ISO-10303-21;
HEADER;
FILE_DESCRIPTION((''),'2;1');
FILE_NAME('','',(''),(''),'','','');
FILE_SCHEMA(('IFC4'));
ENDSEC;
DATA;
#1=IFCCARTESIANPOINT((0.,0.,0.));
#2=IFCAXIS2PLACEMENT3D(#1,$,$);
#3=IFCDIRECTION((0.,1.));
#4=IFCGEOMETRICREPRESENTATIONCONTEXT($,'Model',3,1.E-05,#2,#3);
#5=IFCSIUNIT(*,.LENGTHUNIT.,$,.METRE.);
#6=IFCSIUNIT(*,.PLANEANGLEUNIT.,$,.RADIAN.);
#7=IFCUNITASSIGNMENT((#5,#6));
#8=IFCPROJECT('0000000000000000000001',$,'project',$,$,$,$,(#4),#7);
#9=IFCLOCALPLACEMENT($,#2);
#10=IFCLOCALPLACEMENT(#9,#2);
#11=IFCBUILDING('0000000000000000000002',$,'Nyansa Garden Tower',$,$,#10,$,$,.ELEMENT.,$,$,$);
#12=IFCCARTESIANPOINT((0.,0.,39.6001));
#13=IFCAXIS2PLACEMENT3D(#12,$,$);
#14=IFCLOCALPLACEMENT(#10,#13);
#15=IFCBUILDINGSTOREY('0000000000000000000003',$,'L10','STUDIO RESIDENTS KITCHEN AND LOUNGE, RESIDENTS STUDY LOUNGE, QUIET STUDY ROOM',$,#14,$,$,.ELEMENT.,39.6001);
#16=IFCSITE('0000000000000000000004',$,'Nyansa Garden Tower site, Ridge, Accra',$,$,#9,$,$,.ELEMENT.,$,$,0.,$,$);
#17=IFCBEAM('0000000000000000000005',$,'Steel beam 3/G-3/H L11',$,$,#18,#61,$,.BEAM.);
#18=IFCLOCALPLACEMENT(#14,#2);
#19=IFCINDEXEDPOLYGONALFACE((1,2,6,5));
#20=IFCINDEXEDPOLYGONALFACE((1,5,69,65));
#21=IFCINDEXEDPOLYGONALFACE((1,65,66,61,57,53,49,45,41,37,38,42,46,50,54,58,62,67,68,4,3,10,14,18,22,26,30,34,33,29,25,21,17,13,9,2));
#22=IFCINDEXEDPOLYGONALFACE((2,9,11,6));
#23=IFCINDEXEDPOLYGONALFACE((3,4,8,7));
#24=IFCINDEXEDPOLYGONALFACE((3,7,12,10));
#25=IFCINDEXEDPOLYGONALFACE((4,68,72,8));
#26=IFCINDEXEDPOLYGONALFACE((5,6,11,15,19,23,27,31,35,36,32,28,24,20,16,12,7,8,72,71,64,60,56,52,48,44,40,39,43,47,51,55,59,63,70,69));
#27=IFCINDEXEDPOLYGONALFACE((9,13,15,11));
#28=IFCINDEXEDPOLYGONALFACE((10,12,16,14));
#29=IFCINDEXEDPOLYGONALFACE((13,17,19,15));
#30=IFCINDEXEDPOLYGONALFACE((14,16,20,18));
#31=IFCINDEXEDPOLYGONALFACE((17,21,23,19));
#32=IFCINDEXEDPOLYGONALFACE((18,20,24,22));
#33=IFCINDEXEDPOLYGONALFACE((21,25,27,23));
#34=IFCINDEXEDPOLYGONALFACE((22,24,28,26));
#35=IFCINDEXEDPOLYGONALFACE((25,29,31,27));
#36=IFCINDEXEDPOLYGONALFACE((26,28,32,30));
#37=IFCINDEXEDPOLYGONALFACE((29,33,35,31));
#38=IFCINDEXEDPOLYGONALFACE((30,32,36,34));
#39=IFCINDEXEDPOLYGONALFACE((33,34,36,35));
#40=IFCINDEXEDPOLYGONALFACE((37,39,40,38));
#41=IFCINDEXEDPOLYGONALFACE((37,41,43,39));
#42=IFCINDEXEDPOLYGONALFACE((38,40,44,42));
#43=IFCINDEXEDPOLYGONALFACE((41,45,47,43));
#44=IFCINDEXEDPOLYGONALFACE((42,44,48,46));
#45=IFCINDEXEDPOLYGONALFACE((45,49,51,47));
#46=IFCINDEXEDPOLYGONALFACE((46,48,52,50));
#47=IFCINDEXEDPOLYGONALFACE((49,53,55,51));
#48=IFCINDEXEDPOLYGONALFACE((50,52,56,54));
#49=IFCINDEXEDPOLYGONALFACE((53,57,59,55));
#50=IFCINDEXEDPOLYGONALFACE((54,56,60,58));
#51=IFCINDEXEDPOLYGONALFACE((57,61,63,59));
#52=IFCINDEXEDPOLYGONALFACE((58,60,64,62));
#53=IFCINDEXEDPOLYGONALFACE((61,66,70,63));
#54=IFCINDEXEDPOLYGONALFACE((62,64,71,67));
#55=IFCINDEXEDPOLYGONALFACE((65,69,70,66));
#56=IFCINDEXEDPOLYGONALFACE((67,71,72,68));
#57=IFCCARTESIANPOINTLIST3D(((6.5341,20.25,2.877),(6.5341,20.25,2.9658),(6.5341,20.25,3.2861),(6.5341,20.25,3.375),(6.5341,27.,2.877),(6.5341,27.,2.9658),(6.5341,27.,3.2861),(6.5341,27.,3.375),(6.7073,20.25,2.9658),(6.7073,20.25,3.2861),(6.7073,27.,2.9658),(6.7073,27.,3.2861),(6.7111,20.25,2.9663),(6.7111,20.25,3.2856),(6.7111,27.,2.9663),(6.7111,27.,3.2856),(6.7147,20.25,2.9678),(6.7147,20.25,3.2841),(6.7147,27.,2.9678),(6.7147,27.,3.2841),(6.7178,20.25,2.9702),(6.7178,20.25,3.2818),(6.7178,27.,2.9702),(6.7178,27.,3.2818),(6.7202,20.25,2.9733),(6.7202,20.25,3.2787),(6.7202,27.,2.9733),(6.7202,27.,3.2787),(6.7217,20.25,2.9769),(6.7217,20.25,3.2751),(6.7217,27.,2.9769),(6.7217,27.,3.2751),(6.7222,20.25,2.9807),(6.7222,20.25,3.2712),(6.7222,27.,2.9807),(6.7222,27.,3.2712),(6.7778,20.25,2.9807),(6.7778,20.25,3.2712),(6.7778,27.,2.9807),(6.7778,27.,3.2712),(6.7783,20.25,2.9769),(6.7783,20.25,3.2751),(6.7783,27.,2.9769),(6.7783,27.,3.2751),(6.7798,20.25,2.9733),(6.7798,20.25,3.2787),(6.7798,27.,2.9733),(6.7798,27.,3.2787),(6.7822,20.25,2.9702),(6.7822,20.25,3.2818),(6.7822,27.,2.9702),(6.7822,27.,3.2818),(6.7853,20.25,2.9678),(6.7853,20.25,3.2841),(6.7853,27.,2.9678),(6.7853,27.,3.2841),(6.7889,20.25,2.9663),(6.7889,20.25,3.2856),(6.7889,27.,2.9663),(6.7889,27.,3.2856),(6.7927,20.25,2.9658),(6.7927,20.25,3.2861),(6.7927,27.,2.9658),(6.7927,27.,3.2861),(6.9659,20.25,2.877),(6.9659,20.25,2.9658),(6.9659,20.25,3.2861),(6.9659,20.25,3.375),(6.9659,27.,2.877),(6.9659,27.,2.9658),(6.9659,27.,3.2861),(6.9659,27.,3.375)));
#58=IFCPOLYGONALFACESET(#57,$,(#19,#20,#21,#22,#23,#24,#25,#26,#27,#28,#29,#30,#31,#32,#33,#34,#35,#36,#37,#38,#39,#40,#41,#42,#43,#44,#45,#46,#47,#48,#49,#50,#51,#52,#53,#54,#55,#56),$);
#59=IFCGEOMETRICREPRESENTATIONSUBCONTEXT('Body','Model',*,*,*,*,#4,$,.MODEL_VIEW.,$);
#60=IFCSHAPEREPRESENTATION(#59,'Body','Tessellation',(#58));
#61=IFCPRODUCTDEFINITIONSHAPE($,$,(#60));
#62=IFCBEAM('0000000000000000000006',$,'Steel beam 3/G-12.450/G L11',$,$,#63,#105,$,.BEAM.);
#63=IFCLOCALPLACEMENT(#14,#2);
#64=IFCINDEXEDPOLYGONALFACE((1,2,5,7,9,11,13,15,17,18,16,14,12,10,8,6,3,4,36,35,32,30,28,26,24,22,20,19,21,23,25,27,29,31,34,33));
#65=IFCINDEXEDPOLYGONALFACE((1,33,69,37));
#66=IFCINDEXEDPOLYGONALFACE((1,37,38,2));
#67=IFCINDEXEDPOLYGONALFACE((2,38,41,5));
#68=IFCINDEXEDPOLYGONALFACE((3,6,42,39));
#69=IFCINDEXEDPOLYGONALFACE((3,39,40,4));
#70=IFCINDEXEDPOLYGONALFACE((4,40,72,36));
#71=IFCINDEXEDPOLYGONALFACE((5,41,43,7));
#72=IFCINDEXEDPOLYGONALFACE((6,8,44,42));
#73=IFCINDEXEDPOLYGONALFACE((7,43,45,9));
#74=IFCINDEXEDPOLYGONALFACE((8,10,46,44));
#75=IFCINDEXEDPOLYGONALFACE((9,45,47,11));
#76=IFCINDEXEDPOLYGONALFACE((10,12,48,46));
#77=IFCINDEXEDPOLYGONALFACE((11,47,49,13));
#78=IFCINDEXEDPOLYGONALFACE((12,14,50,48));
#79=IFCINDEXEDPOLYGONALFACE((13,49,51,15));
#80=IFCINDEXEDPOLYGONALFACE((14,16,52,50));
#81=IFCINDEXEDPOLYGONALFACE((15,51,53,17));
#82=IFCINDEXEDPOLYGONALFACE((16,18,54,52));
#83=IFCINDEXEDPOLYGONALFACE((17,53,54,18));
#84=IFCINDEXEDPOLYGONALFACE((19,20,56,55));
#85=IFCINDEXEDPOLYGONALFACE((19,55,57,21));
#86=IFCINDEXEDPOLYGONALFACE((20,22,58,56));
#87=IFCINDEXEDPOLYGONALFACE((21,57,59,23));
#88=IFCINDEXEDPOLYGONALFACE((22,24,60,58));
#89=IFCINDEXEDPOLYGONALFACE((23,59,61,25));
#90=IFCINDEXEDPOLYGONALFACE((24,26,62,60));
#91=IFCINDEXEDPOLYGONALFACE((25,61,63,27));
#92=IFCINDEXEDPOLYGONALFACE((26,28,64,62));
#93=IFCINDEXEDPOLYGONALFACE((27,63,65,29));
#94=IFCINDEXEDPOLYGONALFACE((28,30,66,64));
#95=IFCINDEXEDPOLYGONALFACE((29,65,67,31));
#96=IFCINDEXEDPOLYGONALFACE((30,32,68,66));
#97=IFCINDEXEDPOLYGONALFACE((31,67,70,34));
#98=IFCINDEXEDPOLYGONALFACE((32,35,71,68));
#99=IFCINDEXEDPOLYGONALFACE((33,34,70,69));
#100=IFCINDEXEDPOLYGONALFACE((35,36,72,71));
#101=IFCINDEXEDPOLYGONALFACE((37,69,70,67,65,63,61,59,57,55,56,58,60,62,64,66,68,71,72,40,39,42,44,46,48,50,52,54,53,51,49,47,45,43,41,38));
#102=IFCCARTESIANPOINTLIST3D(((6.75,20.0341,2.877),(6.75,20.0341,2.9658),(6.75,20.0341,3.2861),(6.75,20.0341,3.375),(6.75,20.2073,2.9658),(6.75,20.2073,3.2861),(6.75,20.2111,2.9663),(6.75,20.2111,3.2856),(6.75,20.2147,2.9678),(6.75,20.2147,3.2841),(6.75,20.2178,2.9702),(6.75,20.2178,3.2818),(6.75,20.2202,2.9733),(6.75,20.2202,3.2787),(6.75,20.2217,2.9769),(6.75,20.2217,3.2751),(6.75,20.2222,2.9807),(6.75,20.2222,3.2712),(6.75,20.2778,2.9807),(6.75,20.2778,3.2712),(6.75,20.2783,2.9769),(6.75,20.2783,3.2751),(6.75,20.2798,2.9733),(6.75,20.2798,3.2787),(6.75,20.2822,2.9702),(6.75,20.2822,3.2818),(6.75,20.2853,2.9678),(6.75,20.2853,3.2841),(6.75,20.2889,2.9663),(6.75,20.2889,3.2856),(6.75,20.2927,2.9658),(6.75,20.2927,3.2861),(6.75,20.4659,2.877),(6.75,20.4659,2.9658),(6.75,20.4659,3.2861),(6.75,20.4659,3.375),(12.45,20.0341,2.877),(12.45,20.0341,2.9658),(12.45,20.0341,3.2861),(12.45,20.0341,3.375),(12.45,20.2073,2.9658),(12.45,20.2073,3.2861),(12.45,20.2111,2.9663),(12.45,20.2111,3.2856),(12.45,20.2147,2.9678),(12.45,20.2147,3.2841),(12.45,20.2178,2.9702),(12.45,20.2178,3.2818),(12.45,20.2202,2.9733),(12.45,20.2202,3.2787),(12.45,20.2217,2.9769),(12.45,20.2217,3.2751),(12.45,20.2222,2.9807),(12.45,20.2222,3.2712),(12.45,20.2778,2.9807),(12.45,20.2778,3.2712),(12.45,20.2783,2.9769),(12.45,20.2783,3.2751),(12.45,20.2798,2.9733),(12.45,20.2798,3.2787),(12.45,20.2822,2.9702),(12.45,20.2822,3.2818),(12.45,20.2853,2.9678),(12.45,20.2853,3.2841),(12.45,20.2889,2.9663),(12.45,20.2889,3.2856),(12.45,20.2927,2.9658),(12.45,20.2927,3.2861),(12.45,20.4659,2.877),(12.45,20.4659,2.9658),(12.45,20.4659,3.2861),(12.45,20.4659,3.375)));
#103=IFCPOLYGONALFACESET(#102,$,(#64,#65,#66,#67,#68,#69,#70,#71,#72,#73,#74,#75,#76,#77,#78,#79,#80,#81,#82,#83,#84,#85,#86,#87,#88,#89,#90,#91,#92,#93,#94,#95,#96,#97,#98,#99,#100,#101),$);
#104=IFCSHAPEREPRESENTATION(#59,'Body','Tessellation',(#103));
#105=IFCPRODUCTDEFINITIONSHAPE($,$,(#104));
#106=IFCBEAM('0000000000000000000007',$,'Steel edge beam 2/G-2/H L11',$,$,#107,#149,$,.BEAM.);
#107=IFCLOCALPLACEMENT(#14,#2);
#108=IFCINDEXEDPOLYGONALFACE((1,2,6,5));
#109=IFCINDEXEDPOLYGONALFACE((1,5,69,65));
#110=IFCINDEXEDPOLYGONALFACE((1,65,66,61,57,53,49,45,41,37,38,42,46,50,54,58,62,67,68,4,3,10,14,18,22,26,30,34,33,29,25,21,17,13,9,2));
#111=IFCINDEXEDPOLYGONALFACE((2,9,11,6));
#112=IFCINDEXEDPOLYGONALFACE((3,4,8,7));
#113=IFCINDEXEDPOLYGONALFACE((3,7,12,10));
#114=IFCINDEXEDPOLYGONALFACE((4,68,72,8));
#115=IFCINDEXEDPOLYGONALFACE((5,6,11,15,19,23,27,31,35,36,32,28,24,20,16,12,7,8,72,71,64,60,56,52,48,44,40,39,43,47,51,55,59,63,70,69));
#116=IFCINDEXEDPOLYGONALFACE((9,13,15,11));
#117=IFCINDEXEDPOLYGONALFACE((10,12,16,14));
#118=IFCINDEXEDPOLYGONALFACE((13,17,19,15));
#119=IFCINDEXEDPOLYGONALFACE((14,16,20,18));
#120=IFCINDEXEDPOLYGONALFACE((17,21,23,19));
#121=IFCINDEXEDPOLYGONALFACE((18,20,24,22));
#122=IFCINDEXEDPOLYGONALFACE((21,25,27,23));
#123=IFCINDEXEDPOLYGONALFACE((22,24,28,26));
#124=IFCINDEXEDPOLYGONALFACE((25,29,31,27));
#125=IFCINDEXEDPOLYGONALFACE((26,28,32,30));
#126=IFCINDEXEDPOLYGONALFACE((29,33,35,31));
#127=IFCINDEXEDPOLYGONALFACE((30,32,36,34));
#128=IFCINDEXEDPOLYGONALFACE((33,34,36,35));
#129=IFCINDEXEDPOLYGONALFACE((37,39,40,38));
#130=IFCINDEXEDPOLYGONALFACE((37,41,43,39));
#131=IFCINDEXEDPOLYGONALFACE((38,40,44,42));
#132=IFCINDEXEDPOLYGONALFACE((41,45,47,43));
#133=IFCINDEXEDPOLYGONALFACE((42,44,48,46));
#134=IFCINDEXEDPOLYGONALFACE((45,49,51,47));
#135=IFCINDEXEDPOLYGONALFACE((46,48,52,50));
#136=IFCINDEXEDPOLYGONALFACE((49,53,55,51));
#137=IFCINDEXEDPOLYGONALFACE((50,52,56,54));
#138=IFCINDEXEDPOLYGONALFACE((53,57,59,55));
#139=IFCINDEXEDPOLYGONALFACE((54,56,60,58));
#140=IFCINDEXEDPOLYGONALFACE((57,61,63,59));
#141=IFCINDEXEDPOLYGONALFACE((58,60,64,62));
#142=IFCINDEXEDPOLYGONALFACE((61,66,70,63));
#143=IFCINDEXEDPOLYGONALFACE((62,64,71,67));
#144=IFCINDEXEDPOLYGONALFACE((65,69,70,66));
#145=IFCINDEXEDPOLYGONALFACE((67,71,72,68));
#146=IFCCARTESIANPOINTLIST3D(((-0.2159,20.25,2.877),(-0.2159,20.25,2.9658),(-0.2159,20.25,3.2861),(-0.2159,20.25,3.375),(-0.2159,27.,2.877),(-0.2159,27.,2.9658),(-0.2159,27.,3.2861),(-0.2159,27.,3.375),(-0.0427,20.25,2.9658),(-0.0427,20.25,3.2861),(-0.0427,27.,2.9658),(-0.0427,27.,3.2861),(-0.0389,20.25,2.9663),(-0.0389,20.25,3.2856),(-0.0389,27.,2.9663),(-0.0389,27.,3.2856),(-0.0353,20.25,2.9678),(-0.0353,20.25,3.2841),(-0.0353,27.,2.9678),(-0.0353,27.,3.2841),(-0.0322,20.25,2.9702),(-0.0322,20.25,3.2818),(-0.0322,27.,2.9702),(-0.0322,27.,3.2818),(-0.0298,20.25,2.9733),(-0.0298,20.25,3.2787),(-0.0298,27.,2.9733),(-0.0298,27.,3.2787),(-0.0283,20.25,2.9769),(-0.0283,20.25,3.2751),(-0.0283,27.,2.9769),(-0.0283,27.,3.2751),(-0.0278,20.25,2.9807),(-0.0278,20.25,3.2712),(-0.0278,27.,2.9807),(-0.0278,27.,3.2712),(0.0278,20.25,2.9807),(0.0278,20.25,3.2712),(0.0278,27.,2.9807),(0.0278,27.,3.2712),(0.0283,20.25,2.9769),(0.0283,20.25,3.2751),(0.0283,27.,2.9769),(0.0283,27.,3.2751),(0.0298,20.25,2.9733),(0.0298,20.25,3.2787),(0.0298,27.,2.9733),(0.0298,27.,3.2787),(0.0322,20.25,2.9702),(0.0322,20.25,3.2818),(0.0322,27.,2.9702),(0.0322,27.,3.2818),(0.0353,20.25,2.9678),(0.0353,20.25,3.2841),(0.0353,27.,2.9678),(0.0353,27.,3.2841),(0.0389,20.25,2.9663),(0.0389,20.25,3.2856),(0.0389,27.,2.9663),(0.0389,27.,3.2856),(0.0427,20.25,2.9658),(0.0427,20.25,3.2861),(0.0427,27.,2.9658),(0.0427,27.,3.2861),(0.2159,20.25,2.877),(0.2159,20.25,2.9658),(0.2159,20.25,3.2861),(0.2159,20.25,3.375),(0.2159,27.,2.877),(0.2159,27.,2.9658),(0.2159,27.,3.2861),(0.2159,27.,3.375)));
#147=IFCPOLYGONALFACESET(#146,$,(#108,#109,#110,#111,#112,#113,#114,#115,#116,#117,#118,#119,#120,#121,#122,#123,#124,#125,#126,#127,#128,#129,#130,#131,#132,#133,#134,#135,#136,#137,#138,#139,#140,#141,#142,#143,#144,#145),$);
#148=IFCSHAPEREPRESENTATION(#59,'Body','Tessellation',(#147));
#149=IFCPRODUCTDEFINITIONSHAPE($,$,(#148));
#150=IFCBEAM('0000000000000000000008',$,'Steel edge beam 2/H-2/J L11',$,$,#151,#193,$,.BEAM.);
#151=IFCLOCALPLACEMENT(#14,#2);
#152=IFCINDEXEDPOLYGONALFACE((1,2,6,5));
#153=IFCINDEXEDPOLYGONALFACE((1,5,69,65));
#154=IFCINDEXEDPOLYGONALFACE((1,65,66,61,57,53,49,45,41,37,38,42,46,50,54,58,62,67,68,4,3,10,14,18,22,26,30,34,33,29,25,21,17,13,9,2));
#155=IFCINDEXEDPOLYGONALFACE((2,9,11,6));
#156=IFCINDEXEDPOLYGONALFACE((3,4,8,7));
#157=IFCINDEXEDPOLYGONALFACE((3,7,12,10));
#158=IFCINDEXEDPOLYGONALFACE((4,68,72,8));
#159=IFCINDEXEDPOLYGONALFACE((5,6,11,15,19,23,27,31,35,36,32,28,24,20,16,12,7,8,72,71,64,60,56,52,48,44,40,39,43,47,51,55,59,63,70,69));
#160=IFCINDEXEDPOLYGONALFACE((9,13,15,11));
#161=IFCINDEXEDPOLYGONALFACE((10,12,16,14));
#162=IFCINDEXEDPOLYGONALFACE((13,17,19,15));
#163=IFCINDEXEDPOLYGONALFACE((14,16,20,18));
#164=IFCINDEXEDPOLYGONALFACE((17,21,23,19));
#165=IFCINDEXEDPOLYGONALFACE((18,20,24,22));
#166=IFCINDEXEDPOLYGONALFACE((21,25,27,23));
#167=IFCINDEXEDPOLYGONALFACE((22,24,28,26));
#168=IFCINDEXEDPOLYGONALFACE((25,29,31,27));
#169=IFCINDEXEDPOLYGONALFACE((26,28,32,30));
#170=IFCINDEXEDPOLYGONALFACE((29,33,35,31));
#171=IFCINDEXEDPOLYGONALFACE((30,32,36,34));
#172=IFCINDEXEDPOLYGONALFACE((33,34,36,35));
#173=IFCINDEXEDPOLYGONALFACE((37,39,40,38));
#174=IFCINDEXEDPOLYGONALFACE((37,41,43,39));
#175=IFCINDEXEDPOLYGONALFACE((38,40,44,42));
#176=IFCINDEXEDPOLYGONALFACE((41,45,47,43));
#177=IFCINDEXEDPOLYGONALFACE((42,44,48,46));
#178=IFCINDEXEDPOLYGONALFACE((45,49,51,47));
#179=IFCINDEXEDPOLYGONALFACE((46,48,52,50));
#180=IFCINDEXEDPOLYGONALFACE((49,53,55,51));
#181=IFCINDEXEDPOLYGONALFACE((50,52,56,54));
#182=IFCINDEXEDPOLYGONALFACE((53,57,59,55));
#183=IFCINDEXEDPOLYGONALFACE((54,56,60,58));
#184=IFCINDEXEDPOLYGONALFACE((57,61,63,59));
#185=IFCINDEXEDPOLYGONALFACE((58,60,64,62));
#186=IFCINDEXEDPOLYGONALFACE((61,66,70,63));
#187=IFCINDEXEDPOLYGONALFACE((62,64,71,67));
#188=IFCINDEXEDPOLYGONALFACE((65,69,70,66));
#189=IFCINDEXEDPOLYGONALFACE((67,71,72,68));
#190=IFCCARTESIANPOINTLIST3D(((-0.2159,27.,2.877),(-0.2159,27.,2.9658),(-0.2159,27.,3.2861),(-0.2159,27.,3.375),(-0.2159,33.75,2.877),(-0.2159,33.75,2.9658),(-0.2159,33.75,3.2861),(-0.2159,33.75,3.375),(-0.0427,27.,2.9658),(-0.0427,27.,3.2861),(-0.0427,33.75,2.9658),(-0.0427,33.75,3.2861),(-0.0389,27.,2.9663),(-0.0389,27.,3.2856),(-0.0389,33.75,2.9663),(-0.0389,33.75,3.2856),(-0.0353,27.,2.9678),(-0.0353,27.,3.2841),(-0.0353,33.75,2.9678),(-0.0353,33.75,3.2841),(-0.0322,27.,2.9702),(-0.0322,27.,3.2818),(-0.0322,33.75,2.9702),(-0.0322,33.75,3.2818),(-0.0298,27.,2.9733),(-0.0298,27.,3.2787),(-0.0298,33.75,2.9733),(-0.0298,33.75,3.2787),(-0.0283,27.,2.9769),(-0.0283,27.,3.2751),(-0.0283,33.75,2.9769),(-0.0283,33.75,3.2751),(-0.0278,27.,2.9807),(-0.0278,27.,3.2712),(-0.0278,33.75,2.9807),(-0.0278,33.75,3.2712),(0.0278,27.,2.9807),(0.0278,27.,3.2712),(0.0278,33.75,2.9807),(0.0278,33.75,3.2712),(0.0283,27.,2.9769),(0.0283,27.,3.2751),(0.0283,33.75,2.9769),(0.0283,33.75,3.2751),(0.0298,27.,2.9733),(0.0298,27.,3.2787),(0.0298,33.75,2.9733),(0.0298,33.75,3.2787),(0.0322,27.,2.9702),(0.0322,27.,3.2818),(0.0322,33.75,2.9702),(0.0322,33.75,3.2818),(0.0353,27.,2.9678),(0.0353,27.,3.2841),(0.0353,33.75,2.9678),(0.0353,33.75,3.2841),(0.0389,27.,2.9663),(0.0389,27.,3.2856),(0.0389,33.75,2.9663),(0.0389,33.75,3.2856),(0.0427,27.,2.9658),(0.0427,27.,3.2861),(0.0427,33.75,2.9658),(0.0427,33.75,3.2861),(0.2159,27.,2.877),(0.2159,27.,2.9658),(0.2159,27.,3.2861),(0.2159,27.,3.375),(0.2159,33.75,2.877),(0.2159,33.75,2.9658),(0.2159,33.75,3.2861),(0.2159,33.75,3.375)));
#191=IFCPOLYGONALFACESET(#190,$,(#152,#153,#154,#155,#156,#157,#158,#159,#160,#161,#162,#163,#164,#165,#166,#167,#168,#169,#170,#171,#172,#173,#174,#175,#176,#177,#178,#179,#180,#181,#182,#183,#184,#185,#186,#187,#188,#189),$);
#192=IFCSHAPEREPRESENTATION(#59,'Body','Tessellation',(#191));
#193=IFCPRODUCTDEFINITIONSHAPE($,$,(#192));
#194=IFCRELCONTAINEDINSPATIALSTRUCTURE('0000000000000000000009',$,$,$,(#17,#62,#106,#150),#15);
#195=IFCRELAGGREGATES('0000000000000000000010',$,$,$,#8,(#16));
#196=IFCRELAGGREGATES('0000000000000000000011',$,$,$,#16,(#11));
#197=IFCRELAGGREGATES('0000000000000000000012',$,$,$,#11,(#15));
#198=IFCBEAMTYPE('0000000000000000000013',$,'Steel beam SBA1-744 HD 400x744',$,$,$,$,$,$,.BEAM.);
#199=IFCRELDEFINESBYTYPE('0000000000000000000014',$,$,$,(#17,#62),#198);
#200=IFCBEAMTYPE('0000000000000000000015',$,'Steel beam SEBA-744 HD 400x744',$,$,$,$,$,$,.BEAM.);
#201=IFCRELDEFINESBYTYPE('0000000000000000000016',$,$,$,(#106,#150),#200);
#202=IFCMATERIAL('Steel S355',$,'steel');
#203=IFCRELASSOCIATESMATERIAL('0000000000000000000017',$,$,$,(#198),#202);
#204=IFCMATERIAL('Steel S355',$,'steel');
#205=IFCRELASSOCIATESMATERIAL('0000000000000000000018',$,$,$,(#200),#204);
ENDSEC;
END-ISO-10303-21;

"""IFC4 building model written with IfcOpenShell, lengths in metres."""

from ifc_helpers import new_model, si_unit, direction, frame, origin, origin_2d, place, context, subcontext, project, spatial, i_section, extrude, material, material_profile, profile_set, type_object, element, save


model = new_model("IFC4")

# Units and contexts
model_context = context("Model", 3, precision=1e-05, world=origin(), true_north=direction((0.0, 1.0)))
body_context = subcontext(model_context, "Body", "Model", "MODEL_VIEW")
ifc_project = project(units=[si_unit("LENGTHUNIT", "METRE"), si_unit("PLANEANGLEUNIT", "RADIAN")], contexts=[model_context])

# Site, building, storey
site_placement = place(None, origin())
site = spatial("IfcSite", under=ifc_project, at=site_placement, Name="Nyansa Garden Tower site, Ridge, Accra", CompositionType="ELEMENT", RefElevation=0.0)
building_placement = place(site_placement, origin())
building = spatial("IfcBuilding", under=site, at=building_placement, Name="Nyansa Garden Tower", CompositionType="ELEMENT")
storey_placement = place(building_placement, frame((0.0, 0.0, 39.6001)))
storey = spatial("IfcBuildingStorey", under=building, at=storey_placement, Name="L10", Description="STUDIO RESIDENTS KITCHEN AND LOUNGE, RESIDENTS STUDY LOUNGE, QUIET STUDY ROOM", CompositionType="ELEMENT", Elevation=39.6001)

# Beams
ifc_material_1 = material(Name="Steel S355", Category="steel")
ifc_material_profile_1 = material_profile(ifc_material_1, i_section(OverallWidth=0.4319, OverallDepth=0.498, WebThickness=0.0557, FlangeThickness=0.0889, FilletRadius=0.0149, at=origin_2d()), Name="HD 400x744")
ifc_profile_set_1 = profile_set([ifc_material_profile_1], Name="Steel S355")
beam_type_1 = type_object("IfcBeamType", Name="Steel beam SBA1-744 HD 400x744", PredefinedType="BEAM", material=ifc_profile_set_1)
for number, where, z_axis, x_axis, name in (
    (1, (6.75, 20.25, 3.126), (0.0, 1.0, 0.0), (-1.0, 0.0, 0.0), "Steel beam 3/G-3/H L11"),
):
    element("IfcBeam", number, at=place(storey_placement, frame(where, z_axis=z_axis, x_axis=x_axis)), inside=storey, type_object=beam_type_1, Name=name, PredefinedType="BEAM", context=body_context, shape_type="SweptSolid", body=[
        extrude(i_section(OverallWidth=0.4319, OverallDepth=0.498, WebThickness=0.0557, FlangeThickness=0.0889, FilletRadius=0.0149, at=origin_2d()), origin(), (0.0, 0.0, 1.0), 6.75),
    ])
beam_1_placement = place(storey_placement, frame((6.75, 20.25, 3.126), z_axis=(1.0, 0.0, 0.0), x_axis=(0.0, 1.0, 0.0)))
element("IfcBeam", 2, at=beam_1_placement, inside=storey, type_object=beam_type_1, Name="Steel beam 3/G-12.450/G L11", PredefinedType="BEAM", context=body_context, shape_type="SweptSolid", body=[
    extrude(i_section(OverallWidth=0.4319, OverallDepth=0.498, WebThickness=0.0557, FlangeThickness=0.0889, FilletRadius=0.0149, at=origin_2d()), origin(), (0.0, 0.0, 1.0), 5.7),
])
ifc_material_2 = material(Name="Steel S355", Category="steel")
ifc_material_profile_2 = material_profile(ifc_material_2, i_section(OverallWidth=0.4319, OverallDepth=0.498, WebThickness=0.0557, FlangeThickness=0.0889, FilletRadius=0.0149, at=origin_2d()), Name="HD 400x744")
ifc_profile_set_2 = profile_set([ifc_material_profile_2], Name="Steel S355")
beam_type_2 = type_object("IfcBeamType", Name="Steel beam SEBA-744 HD 400x744", PredefinedType="BEAM", material=ifc_profile_set_2)
for number, where, z_axis, x_axis, name in (
    (3, (0.0, 20.25, 3.126), (0.0, 1.0, 0.0), (-1.0, 0.0, 0.0), "Steel edge beam 2/G-2/H L11"),
    (4, (0.0, 27.0, 3.126), (0.0, 1.0, 0.0), (-1.0, 0.0, 0.0), "Steel edge beam 2/H-2/J L11"),
):
    element("IfcBeam", number, at=place(storey_placement, frame(where, z_axis=z_axis, x_axis=x_axis)), inside=storey, type_object=beam_type_2, Name=name, PredefinedType="BEAM", context=body_context, shape_type="SweptSolid", body=[
        extrude(i_section(OverallWidth=0.4319, OverallDepth=0.498, WebThickness=0.0557, FlangeThickness=0.0889, FilletRadius=0.0149, at=origin_2d()), origin(), (0.0, 0.0, 1.0), 6.75),
    ])

save(model, "model.ifc")
